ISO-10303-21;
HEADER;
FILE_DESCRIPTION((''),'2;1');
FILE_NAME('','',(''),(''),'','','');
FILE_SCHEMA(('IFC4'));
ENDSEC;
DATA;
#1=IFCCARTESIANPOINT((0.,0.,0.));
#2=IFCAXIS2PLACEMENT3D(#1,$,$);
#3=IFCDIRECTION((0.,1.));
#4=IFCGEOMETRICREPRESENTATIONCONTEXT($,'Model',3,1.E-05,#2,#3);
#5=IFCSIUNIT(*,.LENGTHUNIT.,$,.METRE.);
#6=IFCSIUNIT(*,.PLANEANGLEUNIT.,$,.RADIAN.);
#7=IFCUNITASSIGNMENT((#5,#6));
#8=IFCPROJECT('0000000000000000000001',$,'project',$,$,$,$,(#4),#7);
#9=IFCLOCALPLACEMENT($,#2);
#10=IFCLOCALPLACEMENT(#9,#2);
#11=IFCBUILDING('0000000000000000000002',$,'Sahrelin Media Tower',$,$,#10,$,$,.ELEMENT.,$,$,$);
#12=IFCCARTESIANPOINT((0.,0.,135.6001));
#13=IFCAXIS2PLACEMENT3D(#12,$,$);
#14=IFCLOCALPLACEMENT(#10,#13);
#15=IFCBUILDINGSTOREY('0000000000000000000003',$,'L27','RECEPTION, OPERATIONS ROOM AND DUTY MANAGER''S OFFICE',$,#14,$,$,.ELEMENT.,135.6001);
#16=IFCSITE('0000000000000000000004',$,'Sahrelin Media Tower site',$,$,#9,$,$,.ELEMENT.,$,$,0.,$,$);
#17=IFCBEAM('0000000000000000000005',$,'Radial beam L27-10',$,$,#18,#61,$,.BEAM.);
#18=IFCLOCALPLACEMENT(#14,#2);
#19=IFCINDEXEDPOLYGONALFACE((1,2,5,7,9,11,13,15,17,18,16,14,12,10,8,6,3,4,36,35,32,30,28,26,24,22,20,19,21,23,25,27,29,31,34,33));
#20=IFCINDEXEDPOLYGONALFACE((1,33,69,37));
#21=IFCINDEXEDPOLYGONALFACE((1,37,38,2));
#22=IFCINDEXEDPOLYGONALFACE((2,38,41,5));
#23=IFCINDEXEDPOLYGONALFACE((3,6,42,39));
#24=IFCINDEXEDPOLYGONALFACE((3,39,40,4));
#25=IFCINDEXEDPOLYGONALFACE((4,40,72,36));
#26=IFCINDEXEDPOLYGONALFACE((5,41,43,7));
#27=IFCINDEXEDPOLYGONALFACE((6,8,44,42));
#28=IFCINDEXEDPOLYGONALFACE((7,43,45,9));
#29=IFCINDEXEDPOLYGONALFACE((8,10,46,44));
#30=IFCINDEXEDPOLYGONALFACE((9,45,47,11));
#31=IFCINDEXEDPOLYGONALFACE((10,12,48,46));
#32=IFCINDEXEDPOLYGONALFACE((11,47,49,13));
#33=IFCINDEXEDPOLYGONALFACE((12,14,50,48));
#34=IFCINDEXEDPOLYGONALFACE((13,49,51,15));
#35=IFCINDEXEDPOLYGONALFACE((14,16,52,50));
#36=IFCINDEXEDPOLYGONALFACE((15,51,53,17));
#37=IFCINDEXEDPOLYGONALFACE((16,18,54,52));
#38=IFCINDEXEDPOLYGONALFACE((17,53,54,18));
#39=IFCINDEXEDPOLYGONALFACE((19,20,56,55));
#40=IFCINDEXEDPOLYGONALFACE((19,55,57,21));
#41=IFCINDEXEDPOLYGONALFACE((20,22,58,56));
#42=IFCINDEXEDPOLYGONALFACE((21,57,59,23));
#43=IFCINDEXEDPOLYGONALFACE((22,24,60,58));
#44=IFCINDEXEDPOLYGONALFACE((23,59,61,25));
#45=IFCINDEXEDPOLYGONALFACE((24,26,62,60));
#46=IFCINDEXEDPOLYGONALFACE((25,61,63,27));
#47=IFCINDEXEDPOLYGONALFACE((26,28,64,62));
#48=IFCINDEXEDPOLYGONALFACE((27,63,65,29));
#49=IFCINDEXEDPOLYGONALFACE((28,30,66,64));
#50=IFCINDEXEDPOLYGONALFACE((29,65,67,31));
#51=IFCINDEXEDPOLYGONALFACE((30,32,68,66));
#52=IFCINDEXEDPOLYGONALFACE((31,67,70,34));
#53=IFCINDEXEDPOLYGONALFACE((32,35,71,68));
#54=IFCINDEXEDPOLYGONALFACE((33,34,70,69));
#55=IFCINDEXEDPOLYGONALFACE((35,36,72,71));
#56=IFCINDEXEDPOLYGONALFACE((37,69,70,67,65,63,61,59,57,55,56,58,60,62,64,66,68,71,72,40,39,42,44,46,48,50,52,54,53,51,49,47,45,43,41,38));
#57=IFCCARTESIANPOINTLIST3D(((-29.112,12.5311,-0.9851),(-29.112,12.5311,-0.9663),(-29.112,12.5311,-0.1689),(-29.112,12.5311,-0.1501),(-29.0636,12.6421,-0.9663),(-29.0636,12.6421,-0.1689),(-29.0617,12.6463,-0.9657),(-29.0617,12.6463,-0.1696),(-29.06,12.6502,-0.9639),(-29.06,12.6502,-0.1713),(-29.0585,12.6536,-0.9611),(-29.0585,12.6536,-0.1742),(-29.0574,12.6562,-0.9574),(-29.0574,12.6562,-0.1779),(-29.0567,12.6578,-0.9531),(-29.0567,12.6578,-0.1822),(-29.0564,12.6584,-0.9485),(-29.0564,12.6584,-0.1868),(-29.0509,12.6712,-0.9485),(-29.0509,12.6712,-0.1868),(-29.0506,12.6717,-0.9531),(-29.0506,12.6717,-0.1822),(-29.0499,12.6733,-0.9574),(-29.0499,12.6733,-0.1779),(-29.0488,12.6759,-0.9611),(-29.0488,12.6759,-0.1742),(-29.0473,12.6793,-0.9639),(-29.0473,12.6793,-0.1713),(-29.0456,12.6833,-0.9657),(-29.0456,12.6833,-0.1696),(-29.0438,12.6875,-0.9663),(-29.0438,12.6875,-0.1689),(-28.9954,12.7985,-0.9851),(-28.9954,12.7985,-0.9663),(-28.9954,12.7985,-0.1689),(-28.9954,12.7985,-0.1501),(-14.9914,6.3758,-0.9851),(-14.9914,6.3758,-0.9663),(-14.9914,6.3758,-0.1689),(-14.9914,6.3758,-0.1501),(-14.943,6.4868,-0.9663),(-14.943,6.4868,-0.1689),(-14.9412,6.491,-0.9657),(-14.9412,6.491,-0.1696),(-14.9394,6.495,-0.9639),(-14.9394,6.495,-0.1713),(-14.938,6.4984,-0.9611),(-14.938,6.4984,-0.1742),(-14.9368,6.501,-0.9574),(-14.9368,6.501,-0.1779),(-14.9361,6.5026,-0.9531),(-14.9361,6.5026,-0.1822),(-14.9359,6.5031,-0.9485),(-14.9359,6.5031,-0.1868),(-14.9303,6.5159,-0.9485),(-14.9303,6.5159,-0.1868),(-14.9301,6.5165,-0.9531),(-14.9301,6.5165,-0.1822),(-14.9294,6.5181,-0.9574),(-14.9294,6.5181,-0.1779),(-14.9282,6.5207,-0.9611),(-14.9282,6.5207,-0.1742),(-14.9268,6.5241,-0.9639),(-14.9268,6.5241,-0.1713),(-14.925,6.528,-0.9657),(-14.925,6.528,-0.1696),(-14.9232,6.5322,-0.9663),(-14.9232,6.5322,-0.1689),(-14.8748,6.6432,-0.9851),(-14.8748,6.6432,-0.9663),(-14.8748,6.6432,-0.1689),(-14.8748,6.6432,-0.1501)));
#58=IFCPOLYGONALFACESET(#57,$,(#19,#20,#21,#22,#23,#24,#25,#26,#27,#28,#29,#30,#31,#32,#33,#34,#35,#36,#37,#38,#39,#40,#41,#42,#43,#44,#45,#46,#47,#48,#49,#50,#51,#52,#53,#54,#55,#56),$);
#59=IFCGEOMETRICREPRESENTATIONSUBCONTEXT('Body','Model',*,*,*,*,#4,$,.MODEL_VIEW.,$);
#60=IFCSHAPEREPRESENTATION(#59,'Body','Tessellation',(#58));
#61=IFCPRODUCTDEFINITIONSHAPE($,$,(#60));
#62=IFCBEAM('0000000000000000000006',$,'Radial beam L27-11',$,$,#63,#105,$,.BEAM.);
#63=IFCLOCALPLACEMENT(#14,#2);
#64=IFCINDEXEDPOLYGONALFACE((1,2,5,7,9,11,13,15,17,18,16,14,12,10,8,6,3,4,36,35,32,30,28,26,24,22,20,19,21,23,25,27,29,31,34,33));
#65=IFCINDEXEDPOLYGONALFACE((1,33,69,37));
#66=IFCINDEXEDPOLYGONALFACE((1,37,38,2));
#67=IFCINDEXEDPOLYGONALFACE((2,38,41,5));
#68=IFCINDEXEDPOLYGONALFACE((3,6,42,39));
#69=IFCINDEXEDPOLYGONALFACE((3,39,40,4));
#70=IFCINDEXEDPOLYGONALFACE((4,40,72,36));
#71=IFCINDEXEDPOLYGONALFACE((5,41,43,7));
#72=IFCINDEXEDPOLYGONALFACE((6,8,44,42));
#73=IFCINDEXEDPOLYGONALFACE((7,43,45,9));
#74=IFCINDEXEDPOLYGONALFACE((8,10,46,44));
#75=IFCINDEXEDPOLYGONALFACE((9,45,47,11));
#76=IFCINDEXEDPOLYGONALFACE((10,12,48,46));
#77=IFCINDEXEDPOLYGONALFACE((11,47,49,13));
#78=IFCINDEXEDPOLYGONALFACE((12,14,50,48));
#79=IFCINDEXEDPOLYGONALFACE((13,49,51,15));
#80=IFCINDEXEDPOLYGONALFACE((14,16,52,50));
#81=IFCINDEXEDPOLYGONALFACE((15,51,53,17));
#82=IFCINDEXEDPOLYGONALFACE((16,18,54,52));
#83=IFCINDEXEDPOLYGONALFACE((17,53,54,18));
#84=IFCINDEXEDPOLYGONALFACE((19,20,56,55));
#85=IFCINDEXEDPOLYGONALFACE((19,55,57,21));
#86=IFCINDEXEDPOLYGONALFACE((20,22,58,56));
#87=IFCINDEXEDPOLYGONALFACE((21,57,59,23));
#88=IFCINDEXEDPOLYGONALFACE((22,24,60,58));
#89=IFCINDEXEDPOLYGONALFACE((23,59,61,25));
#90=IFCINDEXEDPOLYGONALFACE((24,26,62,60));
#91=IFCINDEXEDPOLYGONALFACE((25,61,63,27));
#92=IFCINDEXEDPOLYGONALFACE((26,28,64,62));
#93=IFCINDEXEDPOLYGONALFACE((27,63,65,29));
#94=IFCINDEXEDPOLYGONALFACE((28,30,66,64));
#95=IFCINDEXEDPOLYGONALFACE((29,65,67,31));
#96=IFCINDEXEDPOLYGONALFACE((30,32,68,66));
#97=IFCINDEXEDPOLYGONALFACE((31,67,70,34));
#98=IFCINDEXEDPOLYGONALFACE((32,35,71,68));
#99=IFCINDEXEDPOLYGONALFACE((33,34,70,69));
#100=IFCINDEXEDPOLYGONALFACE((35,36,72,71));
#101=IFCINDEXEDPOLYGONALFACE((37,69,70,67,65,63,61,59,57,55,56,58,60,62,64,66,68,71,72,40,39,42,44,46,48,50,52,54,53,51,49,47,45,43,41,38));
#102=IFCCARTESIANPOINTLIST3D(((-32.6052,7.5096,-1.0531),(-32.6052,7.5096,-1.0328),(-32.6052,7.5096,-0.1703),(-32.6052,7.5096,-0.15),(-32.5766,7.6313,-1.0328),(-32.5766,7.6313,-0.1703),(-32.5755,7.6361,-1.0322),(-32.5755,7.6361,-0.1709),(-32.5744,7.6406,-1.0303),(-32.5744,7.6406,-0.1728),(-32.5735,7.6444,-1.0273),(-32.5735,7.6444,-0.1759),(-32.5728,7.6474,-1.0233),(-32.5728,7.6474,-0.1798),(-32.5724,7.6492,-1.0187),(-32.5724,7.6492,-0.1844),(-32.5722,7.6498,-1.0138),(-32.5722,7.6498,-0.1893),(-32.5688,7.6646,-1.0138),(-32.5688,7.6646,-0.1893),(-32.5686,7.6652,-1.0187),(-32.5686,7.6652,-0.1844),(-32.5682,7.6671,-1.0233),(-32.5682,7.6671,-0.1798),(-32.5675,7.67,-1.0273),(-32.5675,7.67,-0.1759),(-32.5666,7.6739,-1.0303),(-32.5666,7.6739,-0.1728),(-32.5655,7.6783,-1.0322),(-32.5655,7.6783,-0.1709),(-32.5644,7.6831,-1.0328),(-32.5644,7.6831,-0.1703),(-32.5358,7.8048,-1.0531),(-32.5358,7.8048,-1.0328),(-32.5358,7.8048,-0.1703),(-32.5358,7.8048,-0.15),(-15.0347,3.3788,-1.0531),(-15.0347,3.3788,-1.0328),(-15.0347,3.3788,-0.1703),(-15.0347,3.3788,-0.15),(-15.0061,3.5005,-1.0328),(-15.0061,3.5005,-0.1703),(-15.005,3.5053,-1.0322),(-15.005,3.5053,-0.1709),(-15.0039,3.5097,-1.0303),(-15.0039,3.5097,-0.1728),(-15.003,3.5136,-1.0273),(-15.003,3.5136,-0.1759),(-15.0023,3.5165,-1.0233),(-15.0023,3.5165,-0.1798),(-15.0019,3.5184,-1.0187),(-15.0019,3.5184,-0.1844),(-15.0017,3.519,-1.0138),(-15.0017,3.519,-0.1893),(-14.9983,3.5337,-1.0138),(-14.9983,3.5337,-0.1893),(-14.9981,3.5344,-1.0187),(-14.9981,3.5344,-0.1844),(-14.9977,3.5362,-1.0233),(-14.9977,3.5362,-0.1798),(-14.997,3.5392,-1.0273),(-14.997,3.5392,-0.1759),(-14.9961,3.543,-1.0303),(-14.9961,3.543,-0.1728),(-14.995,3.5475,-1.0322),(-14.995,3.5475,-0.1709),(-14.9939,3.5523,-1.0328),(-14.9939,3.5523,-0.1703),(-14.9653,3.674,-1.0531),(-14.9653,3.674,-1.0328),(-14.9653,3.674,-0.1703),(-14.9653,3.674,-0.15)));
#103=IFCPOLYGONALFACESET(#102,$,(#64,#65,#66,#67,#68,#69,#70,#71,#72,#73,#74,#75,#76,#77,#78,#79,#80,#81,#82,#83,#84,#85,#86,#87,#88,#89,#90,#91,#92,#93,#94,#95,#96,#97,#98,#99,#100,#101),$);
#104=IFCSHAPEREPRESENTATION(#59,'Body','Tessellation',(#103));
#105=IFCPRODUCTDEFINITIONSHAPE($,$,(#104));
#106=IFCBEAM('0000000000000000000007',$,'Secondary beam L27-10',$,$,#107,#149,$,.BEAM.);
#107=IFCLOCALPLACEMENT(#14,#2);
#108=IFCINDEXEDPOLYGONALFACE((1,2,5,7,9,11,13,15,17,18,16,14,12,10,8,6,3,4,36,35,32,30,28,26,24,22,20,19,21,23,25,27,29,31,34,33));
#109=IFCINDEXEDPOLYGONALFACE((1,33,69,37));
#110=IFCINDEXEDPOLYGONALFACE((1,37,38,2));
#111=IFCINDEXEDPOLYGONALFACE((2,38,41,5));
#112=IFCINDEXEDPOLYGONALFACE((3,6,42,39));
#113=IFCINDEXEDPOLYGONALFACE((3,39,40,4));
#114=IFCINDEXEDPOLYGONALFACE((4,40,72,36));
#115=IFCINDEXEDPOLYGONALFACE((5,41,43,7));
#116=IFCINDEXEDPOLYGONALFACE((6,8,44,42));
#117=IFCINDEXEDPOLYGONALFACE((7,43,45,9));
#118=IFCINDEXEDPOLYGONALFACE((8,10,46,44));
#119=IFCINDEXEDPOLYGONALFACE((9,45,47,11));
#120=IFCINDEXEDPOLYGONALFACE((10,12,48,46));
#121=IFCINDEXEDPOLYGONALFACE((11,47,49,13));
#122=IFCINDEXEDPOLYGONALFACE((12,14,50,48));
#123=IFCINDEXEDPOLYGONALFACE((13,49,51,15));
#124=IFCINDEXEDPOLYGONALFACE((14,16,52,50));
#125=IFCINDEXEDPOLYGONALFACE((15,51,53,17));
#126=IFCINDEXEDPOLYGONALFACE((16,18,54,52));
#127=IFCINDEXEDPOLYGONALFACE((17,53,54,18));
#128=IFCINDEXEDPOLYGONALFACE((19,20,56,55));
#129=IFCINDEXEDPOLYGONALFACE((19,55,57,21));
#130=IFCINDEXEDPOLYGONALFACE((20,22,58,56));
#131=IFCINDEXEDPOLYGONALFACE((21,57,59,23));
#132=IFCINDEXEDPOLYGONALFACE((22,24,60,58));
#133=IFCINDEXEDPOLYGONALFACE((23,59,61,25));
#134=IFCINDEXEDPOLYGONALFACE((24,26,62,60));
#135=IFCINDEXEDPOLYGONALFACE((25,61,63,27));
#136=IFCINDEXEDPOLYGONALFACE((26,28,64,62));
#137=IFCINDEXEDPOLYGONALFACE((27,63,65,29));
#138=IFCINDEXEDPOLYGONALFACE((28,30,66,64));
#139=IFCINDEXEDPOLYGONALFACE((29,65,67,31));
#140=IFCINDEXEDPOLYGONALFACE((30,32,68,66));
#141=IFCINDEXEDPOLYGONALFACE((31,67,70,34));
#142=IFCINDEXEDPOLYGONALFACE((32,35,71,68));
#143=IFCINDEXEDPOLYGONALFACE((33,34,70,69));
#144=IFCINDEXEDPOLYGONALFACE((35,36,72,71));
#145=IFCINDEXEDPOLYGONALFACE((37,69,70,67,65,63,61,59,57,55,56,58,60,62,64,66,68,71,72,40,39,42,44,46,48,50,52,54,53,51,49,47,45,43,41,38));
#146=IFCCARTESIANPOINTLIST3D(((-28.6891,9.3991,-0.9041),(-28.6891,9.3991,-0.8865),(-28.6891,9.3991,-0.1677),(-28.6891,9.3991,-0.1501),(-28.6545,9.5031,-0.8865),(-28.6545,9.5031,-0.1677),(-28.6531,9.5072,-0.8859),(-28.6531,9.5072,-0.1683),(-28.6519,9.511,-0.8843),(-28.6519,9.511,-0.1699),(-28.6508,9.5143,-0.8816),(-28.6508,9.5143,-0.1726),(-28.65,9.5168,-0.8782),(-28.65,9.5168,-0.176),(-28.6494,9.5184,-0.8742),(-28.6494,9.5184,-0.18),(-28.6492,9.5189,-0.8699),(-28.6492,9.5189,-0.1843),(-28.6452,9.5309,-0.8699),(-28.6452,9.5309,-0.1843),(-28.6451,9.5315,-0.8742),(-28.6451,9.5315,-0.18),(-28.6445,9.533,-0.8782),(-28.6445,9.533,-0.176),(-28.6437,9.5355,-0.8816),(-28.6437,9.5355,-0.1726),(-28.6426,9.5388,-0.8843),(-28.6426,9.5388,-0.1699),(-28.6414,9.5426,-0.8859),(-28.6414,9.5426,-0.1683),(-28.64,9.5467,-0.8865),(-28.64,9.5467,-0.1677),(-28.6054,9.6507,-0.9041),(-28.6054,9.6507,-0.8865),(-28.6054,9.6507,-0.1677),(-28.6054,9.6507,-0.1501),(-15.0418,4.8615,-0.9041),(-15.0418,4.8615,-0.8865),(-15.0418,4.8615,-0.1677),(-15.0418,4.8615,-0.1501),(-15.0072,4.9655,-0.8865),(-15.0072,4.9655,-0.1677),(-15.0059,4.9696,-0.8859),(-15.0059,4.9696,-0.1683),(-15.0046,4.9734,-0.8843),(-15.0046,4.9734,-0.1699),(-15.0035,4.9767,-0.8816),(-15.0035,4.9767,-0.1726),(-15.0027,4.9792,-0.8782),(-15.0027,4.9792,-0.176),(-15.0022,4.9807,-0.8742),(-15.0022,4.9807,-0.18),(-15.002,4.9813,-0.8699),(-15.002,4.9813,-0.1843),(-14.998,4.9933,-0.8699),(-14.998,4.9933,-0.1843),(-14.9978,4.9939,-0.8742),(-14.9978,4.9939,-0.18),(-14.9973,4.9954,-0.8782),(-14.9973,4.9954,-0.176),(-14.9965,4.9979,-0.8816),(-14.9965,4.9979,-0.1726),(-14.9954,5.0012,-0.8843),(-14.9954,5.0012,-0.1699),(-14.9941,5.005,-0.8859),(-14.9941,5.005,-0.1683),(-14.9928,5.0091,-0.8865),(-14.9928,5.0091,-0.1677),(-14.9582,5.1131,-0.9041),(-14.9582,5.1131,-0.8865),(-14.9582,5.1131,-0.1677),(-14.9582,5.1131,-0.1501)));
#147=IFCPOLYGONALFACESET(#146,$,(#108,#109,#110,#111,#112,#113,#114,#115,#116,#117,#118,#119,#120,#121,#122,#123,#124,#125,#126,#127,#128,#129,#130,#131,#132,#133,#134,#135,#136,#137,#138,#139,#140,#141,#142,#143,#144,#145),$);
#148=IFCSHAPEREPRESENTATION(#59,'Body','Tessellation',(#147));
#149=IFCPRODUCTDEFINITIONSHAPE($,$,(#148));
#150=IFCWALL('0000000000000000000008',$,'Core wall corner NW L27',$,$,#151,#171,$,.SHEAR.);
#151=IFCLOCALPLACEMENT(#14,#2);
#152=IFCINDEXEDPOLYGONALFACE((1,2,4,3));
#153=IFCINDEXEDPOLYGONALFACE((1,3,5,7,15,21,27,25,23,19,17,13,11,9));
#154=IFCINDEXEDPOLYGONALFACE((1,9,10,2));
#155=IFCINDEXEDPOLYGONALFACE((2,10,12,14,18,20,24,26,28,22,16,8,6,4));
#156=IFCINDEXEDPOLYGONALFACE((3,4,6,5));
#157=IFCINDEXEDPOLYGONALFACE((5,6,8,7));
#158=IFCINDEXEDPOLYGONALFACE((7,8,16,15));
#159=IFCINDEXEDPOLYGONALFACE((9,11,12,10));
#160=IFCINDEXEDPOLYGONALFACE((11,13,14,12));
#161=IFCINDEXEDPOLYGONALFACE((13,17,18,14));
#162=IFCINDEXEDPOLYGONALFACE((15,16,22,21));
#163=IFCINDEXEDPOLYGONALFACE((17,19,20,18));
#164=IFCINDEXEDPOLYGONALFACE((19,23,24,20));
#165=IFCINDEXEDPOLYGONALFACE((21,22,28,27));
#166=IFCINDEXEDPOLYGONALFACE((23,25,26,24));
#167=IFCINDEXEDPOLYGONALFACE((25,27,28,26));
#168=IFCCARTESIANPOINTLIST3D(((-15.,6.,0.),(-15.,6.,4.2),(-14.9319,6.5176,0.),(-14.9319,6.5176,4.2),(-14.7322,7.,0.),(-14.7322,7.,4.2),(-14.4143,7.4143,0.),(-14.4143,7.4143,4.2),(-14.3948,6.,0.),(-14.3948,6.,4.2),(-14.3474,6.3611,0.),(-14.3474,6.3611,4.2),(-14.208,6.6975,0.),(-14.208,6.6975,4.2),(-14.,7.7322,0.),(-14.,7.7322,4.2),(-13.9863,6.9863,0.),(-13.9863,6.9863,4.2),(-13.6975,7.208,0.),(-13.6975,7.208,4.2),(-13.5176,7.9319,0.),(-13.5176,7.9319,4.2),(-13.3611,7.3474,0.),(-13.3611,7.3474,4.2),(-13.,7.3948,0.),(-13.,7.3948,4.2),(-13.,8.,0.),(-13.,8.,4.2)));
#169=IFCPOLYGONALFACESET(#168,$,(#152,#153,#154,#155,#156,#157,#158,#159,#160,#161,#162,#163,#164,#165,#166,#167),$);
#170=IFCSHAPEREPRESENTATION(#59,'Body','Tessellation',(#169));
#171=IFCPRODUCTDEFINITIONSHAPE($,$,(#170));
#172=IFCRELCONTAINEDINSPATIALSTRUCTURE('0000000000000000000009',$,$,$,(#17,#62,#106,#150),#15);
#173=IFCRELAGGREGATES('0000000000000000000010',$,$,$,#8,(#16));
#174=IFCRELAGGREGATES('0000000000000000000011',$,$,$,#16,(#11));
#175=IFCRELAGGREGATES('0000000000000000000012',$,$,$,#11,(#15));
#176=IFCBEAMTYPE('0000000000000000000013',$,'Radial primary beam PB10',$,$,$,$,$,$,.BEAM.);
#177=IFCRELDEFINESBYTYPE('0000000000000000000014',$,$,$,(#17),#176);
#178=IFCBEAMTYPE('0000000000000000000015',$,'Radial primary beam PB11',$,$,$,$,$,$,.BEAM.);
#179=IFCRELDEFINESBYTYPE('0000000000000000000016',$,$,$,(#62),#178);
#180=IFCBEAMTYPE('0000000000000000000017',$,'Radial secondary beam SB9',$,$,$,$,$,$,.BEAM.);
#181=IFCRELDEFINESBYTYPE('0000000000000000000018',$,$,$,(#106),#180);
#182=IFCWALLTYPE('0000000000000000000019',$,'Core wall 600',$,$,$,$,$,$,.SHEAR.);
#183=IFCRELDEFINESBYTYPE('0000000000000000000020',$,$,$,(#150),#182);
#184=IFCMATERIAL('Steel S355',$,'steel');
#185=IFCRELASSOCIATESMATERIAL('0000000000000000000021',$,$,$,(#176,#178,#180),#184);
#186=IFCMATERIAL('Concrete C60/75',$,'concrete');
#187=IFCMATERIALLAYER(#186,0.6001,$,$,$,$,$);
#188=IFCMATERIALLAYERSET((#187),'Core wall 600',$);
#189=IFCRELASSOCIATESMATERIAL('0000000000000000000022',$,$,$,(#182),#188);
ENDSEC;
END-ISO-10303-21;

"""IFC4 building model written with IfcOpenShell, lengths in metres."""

from ifc_helpers import new_model, si_unit, direction, frame, origin, origin_2d, place, context, subcontext, project, spatial, polyline, i_section, outline, extrude, material, layer, layer_set, material_profile, profile_set, type_object, element, save


model = new_model("IFC4")

# Units and contexts
model_context = context("Model", 3, precision=1e-05, world=origin(), true_north=direction((0.0, 1.0)))
body_context = subcontext(model_context, "Body", "Model", "MODEL_VIEW")
ifc_project = project(units=[si_unit("LENGTHUNIT", "METRE"), si_unit("PLANEANGLEUNIT", "RADIAN")], contexts=[model_context])

# Site, building, storey
site_placement = place(None, origin())
site = spatial("IfcSite", under=ifc_project, at=site_placement, Name="Sahrelin Media Tower site", CompositionType="ELEMENT", RefElevation=0.0)
building_placement = place(site_placement, origin())
building = spatial("IfcBuilding", under=site, at=building_placement, Name="Sahrelin Media Tower", CompositionType="ELEMENT")
storey_placement = place(building_placement, frame((0.0, 0.0, 135.6001)))
storey = spatial("IfcBuildingStorey", under=building, at=storey_placement, Name="L27", Description="RECEPTION, OPERATIONS ROOM AND DUTY MANAGER'S OFFICE", CompositionType="ELEMENT", Elevation=135.6001)

# Beams
ifc_material_1 = material(Name="Steel S355", Category="steel")
ifc_material_profile_1 = material_profile(ifc_material_1, i_section(OverallWidth=0.2917, OverallDepth=0.835, WebThickness=0.0139, FlangeThickness=0.0188, FilletRadius=0.0178, at=origin_2d()), Name="UB 838x292x176")
ifc_profile_set_1 = profile_set([ifc_material_profile_1], Name="Steel S355")
beam_type_1 = type_object("IfcBeamType", Name="Radial primary beam PB10", PredefinedType="BEAM", material=ifc_profile_set_1)
beam_1_placement = place(storey_placement, frame((-14.9331, 6.5095, -0.5676), z_axis=(-0.916693, 0.399593, 0.0), x_axis=(-0.399593, -0.916693, 0.0)))
element("IfcBeam", 1, at=beam_1_placement, inside=storey, type_object=beam_type_1, Name="Radial beam L27-10", PredefinedType="BEAM", context=body_context, shape_type="SweptSolid", body=[
    extrude(i_section(OverallWidth=0.2917, OverallDepth=0.835, WebThickness=0.0139, FlangeThickness=0.0188, FilletRadius=0.0178, at=origin_2d()), origin(), (0.0, 0.0, 1.0), 15.4038),
])
ifc_material_profile_2 = material_profile(ifc_material_1, i_section(OverallWidth=0.3032, OverallDepth=0.9031, WebThickness=0.0151, FlangeThickness=0.0203, FilletRadius=0.019, at=origin_2d()), Name="UB 914x305x201")
ifc_profile_set_2 = profile_set([ifc_material_profile_2], Name="Steel S355")
beam_type_2 = type_object("IfcBeamType", Name="Radial primary beam PB11", PredefinedType="BEAM", material=ifc_profile_set_2)
beam_2_placement = place(storey_placement, frame((-15.0, 3.5264, -0.6016), z_axis=(-0.973459, 0.228861, 0.0), x_axis=(-0.228861, -0.973459, 0.0)))
element("IfcBeam", 2, at=beam_2_placement, inside=storey, type_object=beam_type_2, Name="Radial beam L27-11", PredefinedType="BEAM", context=body_context, shape_type="SweptSolid", body=[
    extrude(i_section(OverallWidth=0.3032, OverallDepth=0.9031, WebThickness=0.0151, FlangeThickness=0.0203, FilletRadius=0.019, at=origin_2d()), origin(), (0.0, 0.0, 1.0), 18.0496),
])
ifc_material_profile_3 = material_profile(ifc_material_1, i_section(OverallWidth=0.2651, OverallDepth=0.7539, WebThickness=0.0127, FlangeThickness=0.0176, FilletRadius=0.0166, at=origin_2d()), Name="UB 762x267x147")
ifc_profile_set_3 = profile_set([ifc_material_profile_3], Name="Steel S355")
beam_type_3 = type_object("IfcBeamType", Name="Radial secondary beam SB9", PredefinedType="BEAM", material=ifc_profile_set_3)
beam_3_placement = place(storey_placement, frame((-15.0, 4.9873, -0.5271), z_axis=(-0.948922, 0.31551, 0.0), x_axis=(-0.31551, -0.948922, 0.0)))
element("IfcBeam", 3, at=beam_3_placement, inside=storey, type_object=beam_type_3, Name="Secondary beam L27-10", PredefinedType="BEAM", context=body_context, shape_type="SweptSolid", body=[
    extrude(i_section(OverallWidth=0.2651, OverallDepth=0.7539, WebThickness=0.0127, FlangeThickness=0.0176, FilletRadius=0.0166, at=origin_2d()), origin(), (0.0, 0.0, 1.0), 14.3818),
])

# Wall
ifc_material_2 = material(Name="Concrete C60/75", Category="concrete")
ifc_layer_1 = layer(ifc_material_2, 0.6001)
ifc_layer_set_1 = layer_set([ifc_layer_1], Name="Core wall 600")
wall_type_1 = type_object("IfcWallType", Name="Core wall 600", PredefinedType="SHEAR", material=ifc_layer_set_1)
placement = place(storey_placement, origin())
element("IfcWall", 4, at=placement, inside=storey, type_object=wall_type_1, Name="Core wall corner NW L27", PredefinedType="SHEAR", context=body_context, shape_type="SweptSolid", body=[
    extrude(outline(polyline([(-15.0, 6.0), (-14.3948, 6.0), (-14.3474, 6.3611), (-14.208, 6.6975), (-13.9863, 6.9863), (-13.6975, 7.208), (-13.3611, 7.3474), (-13.0, 7.3948), (-13.0, 8.0), (-13.5176, 7.9319), (-14.0, 7.7322), (-14.4143, 7.4143), (-14.7322, 7.0), (-14.9319, 6.5176), (-15.0, 6.0)])), origin(), (0.0, 0.0, 1.0), 4.2),
])

save(model, "model.ifc")
